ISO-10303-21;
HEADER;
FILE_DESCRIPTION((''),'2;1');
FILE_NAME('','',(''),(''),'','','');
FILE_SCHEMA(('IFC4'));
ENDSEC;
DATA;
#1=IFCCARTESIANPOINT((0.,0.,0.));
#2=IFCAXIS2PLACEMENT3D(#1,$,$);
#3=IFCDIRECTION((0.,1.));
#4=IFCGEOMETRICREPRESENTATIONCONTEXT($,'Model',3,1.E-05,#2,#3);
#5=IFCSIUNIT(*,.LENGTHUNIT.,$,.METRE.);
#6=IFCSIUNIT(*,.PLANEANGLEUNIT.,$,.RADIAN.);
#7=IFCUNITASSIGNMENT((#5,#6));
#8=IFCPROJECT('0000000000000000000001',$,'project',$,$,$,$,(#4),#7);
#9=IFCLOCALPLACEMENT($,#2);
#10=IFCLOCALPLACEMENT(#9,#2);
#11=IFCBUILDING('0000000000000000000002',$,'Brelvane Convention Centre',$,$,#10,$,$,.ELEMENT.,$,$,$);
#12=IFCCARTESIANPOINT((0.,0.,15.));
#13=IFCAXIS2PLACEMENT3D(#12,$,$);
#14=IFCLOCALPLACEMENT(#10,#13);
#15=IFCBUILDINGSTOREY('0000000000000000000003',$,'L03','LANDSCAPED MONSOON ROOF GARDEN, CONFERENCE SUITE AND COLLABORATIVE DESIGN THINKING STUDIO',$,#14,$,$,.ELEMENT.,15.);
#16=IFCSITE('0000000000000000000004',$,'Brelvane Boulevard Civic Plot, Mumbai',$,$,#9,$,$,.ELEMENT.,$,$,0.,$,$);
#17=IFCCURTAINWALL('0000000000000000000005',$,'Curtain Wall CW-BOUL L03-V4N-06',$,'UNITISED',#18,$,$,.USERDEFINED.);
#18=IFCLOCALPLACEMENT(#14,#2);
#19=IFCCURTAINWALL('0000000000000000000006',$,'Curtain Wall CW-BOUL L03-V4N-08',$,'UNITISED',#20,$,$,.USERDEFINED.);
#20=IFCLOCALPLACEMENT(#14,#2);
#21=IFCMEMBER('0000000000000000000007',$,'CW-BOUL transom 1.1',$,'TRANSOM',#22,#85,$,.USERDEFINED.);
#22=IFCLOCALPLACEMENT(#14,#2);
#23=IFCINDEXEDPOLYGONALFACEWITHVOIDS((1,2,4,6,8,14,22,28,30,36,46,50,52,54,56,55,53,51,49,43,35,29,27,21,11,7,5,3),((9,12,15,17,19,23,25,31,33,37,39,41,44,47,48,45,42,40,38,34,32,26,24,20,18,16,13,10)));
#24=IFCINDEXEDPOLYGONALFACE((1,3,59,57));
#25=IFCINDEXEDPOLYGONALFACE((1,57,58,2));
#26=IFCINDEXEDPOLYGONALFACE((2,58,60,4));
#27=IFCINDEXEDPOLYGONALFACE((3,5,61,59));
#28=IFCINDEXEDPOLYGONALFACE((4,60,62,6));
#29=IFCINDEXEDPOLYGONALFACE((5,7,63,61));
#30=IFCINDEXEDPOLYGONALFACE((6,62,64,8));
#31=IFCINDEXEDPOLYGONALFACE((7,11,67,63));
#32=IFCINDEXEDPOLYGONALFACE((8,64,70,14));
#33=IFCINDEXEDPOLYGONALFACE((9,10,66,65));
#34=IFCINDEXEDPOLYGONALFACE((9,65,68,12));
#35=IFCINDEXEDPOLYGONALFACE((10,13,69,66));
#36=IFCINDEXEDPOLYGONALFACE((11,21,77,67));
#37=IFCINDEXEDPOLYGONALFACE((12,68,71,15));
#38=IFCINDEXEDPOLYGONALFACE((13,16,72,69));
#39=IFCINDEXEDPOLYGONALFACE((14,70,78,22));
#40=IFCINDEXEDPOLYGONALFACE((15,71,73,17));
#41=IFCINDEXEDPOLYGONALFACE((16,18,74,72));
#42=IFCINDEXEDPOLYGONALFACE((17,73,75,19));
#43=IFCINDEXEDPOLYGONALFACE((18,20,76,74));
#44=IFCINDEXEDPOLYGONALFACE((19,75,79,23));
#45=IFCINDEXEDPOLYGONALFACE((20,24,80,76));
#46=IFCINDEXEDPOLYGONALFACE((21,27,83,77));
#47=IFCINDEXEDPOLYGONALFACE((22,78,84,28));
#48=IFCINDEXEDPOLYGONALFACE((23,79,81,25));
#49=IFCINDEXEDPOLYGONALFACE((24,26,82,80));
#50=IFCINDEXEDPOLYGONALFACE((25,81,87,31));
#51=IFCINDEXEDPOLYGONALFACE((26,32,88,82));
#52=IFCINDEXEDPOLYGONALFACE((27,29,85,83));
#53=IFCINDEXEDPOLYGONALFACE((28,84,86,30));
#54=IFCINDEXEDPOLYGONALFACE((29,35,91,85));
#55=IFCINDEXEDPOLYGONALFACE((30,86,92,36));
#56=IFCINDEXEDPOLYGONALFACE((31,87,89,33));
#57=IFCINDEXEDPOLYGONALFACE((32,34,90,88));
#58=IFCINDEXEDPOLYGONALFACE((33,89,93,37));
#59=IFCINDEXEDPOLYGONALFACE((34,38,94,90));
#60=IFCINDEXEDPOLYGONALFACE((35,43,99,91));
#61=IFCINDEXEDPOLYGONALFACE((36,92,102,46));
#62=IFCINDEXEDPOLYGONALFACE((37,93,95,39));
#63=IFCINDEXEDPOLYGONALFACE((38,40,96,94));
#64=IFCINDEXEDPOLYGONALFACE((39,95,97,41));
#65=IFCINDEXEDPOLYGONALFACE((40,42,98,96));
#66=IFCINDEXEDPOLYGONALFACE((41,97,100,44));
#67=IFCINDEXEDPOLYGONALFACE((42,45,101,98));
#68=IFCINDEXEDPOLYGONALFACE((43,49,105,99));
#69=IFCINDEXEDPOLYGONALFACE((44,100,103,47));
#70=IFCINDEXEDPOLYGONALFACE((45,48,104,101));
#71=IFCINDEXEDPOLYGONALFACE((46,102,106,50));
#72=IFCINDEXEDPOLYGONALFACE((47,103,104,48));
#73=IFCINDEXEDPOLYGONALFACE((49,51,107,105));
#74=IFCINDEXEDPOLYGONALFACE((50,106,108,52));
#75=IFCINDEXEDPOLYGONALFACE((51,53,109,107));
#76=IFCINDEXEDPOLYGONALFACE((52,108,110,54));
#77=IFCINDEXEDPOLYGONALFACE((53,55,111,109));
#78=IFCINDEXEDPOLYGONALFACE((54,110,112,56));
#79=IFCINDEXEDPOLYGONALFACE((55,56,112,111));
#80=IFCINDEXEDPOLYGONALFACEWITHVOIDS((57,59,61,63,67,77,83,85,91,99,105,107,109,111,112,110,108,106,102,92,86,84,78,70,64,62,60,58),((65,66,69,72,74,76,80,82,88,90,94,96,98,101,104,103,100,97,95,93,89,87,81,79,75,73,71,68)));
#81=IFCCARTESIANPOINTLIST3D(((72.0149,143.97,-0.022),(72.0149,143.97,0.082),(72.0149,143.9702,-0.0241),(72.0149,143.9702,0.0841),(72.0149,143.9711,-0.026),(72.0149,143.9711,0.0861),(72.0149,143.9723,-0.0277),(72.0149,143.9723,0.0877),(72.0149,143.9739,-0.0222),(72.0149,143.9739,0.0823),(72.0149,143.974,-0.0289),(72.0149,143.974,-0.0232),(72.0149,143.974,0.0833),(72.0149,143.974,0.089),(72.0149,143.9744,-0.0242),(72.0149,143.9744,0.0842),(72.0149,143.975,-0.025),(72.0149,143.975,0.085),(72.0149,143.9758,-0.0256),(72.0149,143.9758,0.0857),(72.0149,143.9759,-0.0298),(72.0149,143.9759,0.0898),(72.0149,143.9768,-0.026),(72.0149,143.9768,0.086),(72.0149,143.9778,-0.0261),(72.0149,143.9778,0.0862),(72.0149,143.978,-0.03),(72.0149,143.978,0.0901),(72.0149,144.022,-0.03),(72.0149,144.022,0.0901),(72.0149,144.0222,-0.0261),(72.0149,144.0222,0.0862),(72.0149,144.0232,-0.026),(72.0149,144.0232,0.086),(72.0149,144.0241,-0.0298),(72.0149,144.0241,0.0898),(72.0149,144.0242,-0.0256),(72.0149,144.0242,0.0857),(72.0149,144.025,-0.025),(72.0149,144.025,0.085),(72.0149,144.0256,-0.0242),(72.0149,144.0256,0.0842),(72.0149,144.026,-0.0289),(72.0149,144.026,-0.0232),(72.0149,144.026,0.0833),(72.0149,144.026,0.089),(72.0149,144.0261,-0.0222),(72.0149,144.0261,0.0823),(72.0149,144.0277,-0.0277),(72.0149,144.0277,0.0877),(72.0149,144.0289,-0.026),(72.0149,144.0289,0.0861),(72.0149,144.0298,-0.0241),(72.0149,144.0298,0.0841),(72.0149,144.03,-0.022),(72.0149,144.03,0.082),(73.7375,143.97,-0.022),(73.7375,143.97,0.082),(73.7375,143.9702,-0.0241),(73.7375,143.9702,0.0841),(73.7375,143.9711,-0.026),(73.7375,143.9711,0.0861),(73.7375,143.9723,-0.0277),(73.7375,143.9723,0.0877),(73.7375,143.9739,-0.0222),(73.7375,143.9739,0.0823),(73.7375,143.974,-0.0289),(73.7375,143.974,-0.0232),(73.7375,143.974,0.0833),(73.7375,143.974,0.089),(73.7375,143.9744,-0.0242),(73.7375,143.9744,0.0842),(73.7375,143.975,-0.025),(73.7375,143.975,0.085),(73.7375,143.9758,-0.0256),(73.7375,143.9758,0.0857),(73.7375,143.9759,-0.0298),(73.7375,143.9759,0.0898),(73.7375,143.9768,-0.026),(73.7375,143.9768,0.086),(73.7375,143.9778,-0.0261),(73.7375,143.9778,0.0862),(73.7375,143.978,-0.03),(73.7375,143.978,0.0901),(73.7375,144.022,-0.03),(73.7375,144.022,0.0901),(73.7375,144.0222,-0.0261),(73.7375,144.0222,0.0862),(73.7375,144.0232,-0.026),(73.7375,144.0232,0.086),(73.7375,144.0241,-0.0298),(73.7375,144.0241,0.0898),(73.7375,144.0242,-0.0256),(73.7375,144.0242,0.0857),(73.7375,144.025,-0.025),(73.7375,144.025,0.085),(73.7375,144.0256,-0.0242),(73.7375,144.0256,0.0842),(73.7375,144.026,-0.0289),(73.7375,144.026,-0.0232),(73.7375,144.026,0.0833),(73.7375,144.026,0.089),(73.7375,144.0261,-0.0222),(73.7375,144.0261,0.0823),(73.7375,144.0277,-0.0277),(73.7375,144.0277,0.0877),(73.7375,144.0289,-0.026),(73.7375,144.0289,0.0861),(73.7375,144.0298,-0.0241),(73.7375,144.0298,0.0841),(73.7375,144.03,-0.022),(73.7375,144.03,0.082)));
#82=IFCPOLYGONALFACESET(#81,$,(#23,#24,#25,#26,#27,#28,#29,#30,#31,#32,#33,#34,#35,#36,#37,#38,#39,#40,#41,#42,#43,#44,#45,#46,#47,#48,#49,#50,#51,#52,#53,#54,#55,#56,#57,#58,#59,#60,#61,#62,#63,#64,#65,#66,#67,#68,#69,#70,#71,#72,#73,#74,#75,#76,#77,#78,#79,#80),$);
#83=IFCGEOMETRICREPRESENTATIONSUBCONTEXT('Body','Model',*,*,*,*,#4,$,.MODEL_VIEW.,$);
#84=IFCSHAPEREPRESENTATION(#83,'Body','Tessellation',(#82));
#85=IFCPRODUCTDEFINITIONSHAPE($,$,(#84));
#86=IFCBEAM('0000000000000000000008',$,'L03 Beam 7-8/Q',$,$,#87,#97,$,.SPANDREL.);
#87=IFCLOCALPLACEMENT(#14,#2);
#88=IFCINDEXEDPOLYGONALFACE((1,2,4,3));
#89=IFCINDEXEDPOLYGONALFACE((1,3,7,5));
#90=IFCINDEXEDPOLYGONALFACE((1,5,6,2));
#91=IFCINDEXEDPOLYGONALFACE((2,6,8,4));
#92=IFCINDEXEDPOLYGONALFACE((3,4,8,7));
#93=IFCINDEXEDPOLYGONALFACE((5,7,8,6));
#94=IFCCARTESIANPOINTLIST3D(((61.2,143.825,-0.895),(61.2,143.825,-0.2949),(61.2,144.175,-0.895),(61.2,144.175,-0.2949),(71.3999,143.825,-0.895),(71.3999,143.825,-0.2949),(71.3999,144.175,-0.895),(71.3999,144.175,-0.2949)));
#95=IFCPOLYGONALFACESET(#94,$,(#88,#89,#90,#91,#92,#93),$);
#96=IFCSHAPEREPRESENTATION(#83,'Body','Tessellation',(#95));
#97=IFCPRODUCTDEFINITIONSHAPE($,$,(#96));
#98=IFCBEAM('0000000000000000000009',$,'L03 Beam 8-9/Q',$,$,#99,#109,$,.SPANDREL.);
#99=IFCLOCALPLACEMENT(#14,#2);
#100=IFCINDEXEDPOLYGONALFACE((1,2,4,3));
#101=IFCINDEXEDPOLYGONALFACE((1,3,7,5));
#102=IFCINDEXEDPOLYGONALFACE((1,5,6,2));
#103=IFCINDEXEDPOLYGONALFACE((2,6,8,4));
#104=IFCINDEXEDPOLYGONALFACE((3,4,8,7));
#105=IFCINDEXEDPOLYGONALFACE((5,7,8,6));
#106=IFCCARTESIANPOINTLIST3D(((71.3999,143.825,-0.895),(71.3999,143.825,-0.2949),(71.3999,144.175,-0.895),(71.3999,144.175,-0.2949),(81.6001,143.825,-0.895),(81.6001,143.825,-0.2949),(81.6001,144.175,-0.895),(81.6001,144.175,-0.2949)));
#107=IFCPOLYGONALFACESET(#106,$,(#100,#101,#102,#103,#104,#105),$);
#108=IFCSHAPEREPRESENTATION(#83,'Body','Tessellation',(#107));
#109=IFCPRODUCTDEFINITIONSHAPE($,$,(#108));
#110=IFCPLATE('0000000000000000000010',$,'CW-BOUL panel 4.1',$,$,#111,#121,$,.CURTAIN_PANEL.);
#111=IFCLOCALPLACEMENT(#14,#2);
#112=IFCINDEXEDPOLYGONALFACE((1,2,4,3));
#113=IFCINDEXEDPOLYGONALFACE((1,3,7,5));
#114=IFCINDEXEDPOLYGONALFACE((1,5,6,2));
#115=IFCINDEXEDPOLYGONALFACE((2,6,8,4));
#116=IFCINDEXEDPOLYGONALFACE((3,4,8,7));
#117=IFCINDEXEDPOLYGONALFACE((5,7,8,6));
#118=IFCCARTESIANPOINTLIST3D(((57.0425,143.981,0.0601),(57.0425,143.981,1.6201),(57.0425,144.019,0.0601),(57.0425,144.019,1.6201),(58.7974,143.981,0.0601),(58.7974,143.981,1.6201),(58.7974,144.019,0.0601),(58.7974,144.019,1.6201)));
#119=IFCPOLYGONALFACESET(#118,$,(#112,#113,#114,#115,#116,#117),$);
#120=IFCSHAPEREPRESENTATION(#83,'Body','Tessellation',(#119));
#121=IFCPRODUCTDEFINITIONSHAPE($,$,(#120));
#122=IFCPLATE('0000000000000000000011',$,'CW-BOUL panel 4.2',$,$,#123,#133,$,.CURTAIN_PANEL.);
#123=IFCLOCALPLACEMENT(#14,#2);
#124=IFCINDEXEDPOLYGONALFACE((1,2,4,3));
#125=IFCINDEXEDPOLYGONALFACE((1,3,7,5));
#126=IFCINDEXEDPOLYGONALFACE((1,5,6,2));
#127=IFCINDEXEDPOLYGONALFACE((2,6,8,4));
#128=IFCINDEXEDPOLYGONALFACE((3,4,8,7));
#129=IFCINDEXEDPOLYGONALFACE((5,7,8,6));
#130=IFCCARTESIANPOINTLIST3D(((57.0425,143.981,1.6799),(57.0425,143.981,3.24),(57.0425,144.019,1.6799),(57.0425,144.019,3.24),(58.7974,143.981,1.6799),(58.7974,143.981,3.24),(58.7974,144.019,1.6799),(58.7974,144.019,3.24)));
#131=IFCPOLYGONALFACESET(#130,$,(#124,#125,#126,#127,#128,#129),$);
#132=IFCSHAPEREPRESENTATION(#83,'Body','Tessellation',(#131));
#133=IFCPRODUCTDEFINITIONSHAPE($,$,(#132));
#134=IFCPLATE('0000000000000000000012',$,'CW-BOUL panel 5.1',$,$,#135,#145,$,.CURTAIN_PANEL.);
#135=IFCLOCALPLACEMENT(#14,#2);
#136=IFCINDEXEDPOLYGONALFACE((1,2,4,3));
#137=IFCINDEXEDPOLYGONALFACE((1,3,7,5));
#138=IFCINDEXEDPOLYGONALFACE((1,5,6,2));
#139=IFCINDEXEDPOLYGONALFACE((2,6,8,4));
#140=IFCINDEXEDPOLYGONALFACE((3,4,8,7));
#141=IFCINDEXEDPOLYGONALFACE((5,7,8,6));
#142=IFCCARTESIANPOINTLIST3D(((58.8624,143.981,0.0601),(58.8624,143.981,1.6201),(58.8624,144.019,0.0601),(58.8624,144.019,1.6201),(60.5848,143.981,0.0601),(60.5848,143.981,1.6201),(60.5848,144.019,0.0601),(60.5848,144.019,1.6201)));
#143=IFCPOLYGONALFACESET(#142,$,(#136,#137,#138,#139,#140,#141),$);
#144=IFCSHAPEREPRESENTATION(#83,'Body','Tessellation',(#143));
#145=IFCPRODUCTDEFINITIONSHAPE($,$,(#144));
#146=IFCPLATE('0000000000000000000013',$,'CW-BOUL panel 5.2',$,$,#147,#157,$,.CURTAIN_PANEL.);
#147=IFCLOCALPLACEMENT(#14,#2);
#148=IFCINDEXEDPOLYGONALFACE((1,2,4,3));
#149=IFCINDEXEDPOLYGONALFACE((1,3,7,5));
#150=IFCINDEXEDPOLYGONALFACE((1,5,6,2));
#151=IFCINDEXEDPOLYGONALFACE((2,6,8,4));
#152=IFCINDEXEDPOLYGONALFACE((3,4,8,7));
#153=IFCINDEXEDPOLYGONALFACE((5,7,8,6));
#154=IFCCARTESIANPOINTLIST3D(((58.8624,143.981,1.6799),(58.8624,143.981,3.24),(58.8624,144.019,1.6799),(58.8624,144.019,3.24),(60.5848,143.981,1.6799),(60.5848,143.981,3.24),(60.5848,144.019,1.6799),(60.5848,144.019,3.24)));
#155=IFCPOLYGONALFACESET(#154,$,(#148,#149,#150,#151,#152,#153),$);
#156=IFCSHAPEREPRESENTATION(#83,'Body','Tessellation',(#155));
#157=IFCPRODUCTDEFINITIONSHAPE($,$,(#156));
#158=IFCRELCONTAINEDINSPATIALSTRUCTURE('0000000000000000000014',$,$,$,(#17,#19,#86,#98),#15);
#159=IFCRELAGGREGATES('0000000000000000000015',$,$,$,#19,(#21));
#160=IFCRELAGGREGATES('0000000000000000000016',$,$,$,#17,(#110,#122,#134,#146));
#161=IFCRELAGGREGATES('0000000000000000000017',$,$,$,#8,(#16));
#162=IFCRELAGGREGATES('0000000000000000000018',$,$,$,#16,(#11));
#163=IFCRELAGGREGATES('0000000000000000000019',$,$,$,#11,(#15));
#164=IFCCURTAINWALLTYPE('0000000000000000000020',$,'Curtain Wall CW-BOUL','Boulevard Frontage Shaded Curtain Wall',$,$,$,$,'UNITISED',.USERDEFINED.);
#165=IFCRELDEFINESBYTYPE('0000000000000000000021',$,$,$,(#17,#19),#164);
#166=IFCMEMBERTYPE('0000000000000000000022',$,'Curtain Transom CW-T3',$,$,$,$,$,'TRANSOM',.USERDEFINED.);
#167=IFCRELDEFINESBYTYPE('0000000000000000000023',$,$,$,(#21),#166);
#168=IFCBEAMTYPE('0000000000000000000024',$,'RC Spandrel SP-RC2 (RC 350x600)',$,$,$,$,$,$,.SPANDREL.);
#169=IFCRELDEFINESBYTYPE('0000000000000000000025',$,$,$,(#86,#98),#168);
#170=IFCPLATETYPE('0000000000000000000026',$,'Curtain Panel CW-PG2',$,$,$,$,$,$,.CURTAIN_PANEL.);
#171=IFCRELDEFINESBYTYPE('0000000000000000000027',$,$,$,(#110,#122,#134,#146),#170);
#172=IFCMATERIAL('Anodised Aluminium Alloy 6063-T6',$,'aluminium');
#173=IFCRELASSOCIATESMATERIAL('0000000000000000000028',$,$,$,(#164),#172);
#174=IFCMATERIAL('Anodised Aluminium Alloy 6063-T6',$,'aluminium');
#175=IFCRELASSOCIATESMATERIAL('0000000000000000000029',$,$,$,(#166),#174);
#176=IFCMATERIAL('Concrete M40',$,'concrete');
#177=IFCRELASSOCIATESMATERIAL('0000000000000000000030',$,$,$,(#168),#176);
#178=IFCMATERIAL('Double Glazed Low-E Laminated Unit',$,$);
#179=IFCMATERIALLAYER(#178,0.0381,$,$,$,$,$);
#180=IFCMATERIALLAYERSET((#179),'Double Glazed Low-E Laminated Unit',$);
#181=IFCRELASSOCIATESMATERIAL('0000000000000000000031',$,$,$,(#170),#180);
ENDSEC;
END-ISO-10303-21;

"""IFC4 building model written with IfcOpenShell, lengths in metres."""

from ifc_helpers import new_model, si_unit, direction, frame, origin, origin_2d, place, context, subcontext, project, spatial, rectangle, hollow_rectangle, extrude, material, layer, layer_set, material_profile, profile_set, type_object, element, aggregate, save


model = new_model("IFC4")

# Units and contexts
model_context = context("Model", 3, precision=1e-05, world=origin(), true_north=direction((0.0, 1.0)))
body_context = subcontext(model_context, "Body", "Model", "MODEL_VIEW")
ifc_project = project(units=[si_unit("LENGTHUNIT", "METRE"), si_unit("PLANEANGLEUNIT", "RADIAN")], contexts=[model_context])

# Site, building, storey
site_placement = place(None, origin())
site = spatial("IfcSite", under=ifc_project, at=site_placement, Name="Brelvane Boulevard Civic Plot, Mumbai", CompositionType="ELEMENT", RefElevation=0.0)
building_placement = place(site_placement, origin())
building = spatial("IfcBuilding", under=site, at=building_placement, Name="Brelvane Convention Centre", CompositionType="ELEMENT")
storey_placement = place(building_placement, frame((0.0, 0.0, 15.0)))
storey = spatial("IfcBuildingStorey", under=building, at=storey_placement, Name="L03", Description="LANDSCAPED MONSOON ROOF GARDEN, CONFERENCE SUITE AND COLLABORATIVE DESIGN THINKING STUDIO", CompositionType="ELEMENT", Elevation=15.0)

# Curtain wall
ifc_material_1 = material(Name="Anodised Aluminium Alloy 6063-T6", Category="aluminium")
curtain_wall_type = type_object("IfcCurtainWallType", Name="Curtain Wall CW-BOUL", Description="Boulevard Frontage Shaded Curtain Wall", ElementType="UNITISED", PredefinedType="USERDEFINED", material=ifc_material_1)
curtain_wall_1_placement = place(storey_placement, origin())
curtain_wall_1 = element("IfcCurtainWall", 1, at=curtain_wall_1_placement, inside=storey, type_object=curtain_wall_type, Name="Curtain Wall CW-BOUL L03-V4N-06", ObjectType="UNITISED", PredefinedType="USERDEFINED")

# Curtain wall
curtain_wall_2_placement = place(storey_placement, origin())
curtain_wall_2 = element("IfcCurtainWall", 2, at=curtain_wall_2_placement, inside=storey, type_object=curtain_wall_type, Name="Curtain Wall CW-BOUL L03-V4N-08", ObjectType="UNITISED", PredefinedType="USERDEFINED")

# Member
ifc_material_2 = material(Name="Anodised Aluminium Alloy 6063-T6", Category="aluminium")
ifc_material_profile_1 = material_profile(ifc_material_2, hollow_rectangle(XDim=0.0601, YDim=0.1201, WallThickness=0.0039, InnerFilletRadius=0.0039, OuterFilletRadius=0.0081, at=origin_2d()), Name="ALU-T 120x60x4.0")
ifc_profile_set_1 = profile_set([ifc_material_profile_1], Name="Anodised Aluminium Alloy 6063-T6")
member_type_1 = type_object("IfcMemberType", Name="Curtain Transom CW-T3", ElementType="TRANSOM", PredefinedType="USERDEFINED", material=ifc_profile_set_1)
member_1_placement = place(storey_placement, frame((72.0149, 144.0, 0.03), z_axis=(1.0, 0.0, 0.0), x_axis=(0.0, 1.0, 0.0)))
member_1 = element("IfcMember", 3, at=member_1_placement, type_object=member_type_1, Name="CW-BOUL transom 1.1", ObjectType="TRANSOM", PredefinedType="USERDEFINED", context=body_context, shape_type="SweptSolid", body=[
    extrude(hollow_rectangle(XDim=0.0601, YDim=0.1201, WallThickness=0.0039, InnerFilletRadius=0.0039, OuterFilletRadius=0.0081, at=origin_2d()), origin(), (0.0, 0.0, 1.0), 1.7227),
])
aggregate(curtain_wall_2, [member_1])

# Beams
ifc_material_3 = material(Name="Concrete M40", Category="concrete")
ifc_material_profile_2 = material_profile(ifc_material_3, rectangle(XDim=0.3501, YDim=0.6001, at=origin_2d()), Name="RC 350x600")
ifc_profile_set_2 = profile_set([ifc_material_profile_2], Name="Concrete M40")
beam_type = type_object("IfcBeamType", Name="RC Spandrel SP-RC2 (RC 350x600)", PredefinedType="SPANDREL", material=ifc_profile_set_2)
beam_1_placement = place(storey_placement, frame((61.2, 144.0, -0.595), z_axis=(1.0, 0.0, 0.0), x_axis=(0.0, 1.0, 0.0)))
element("IfcBeam", 4, at=beam_1_placement, inside=storey, type_object=beam_type, Name="L03 Beam 7-8/Q", PredefinedType="SPANDREL", context=body_context, shape_type="SweptSolid", body=[
    extrude(rectangle(XDim=0.3501, YDim=0.6001, at=origin_2d()), origin(), (0.0, 0.0, 1.0), 10.2),
])
beam_2_placement = place(storey_placement, frame((71.3999, 144.0, -0.595), z_axis=(1.0, 0.0, 0.0), x_axis=(0.0, 1.0, 0.0)))
element("IfcBeam", 5, at=beam_2_placement, inside=storey, type_object=beam_type, Name="L03 Beam 8-9/Q", PredefinedType="SPANDREL", context=body_context, shape_type="SweptSolid", body=[
    extrude(rectangle(XDim=0.3501, YDim=0.6001, at=origin_2d()), origin(), (0.0, 0.0, 1.0), 10.2002),
])

# Plates
ifc_material_4 = material(Name="Double Glazed Low-E Laminated Unit")
ifc_layer_1 = layer(ifc_material_4, 0.0381)
ifc_layer_set_1 = layer_set([ifc_layer_1], Name="Double Glazed Low-E Laminated Unit")
plate_type = type_object("IfcPlateType", Name="Curtain Panel CW-PG2", PredefinedType="CURTAIN_PANEL", material=ifc_layer_set_1)
plate_1_placement = place(storey_placement, frame((57.9199, 144.0, 0.0601), z_axis=(0.0, 0.0, 1.0), x_axis=(1.0, 0.0, 0.0)))
plate_1 = element("IfcPlate", 6, at=plate_1_placement, type_object=plate_type, Name="CW-BOUL panel 4.1", PredefinedType="CURTAIN_PANEL", context=body_context, shape_type="SweptSolid", body=[
    extrude(rectangle(XDim=1.7549, YDim=0.0381, at=origin_2d()), origin(), (0.0, 0.0, 1.0), 1.5601),
])
plate_2_placement = place(storey_placement, frame((57.9199, 144.0, 1.6799), z_axis=(0.0, 0.0, 1.0), x_axis=(1.0, 0.0, 0.0)))
plate_2 = element("IfcPlate", 7, at=plate_2_placement, type_object=plate_type, Name="CW-BOUL panel 4.2", PredefinedType="CURTAIN_PANEL", context=body_context, shape_type="SweptSolid", body=[
    extrude(rectangle(XDim=1.7549, YDim=0.0381, at=origin_2d()), origin(), (0.0, 0.0, 1.0), 1.5601),
])
plate_3_placement = place(storey_placement, frame((59.7236, 144.0, 0.0601), z_axis=(0.0, 0.0, 1.0), x_axis=(1.0, 0.0, 0.0)))
plate_3 = element("IfcPlate", 8, at=plate_3_placement, type_object=plate_type, Name="CW-BOUL panel 5.1", PredefinedType="CURTAIN_PANEL", context=body_context, shape_type="SweptSolid", body=[
    extrude(rectangle(XDim=1.7224, YDim=0.0381, at=origin_2d()), origin(), (0.0, 0.0, 1.0), 1.5601),
])
plate_4_placement = place(storey_placement, frame((59.7236, 144.0, 1.6799), z_axis=(0.0, 0.0, 1.0), x_axis=(1.0, 0.0, 0.0)))
plate_4 = element("IfcPlate", 9, at=plate_4_placement, type_object=plate_type, Name="CW-BOUL panel 5.2", PredefinedType="CURTAIN_PANEL", context=body_context, shape_type="SweptSolid", body=[
    extrude(rectangle(XDim=1.7224, YDim=0.0381, at=origin_2d()), origin(), (0.0, 0.0, 1.0), 1.5601),
])
aggregate(curtain_wall_1, [plate_1, plate_2, plate_3, plate_4])

save(model, "model.ifc")
